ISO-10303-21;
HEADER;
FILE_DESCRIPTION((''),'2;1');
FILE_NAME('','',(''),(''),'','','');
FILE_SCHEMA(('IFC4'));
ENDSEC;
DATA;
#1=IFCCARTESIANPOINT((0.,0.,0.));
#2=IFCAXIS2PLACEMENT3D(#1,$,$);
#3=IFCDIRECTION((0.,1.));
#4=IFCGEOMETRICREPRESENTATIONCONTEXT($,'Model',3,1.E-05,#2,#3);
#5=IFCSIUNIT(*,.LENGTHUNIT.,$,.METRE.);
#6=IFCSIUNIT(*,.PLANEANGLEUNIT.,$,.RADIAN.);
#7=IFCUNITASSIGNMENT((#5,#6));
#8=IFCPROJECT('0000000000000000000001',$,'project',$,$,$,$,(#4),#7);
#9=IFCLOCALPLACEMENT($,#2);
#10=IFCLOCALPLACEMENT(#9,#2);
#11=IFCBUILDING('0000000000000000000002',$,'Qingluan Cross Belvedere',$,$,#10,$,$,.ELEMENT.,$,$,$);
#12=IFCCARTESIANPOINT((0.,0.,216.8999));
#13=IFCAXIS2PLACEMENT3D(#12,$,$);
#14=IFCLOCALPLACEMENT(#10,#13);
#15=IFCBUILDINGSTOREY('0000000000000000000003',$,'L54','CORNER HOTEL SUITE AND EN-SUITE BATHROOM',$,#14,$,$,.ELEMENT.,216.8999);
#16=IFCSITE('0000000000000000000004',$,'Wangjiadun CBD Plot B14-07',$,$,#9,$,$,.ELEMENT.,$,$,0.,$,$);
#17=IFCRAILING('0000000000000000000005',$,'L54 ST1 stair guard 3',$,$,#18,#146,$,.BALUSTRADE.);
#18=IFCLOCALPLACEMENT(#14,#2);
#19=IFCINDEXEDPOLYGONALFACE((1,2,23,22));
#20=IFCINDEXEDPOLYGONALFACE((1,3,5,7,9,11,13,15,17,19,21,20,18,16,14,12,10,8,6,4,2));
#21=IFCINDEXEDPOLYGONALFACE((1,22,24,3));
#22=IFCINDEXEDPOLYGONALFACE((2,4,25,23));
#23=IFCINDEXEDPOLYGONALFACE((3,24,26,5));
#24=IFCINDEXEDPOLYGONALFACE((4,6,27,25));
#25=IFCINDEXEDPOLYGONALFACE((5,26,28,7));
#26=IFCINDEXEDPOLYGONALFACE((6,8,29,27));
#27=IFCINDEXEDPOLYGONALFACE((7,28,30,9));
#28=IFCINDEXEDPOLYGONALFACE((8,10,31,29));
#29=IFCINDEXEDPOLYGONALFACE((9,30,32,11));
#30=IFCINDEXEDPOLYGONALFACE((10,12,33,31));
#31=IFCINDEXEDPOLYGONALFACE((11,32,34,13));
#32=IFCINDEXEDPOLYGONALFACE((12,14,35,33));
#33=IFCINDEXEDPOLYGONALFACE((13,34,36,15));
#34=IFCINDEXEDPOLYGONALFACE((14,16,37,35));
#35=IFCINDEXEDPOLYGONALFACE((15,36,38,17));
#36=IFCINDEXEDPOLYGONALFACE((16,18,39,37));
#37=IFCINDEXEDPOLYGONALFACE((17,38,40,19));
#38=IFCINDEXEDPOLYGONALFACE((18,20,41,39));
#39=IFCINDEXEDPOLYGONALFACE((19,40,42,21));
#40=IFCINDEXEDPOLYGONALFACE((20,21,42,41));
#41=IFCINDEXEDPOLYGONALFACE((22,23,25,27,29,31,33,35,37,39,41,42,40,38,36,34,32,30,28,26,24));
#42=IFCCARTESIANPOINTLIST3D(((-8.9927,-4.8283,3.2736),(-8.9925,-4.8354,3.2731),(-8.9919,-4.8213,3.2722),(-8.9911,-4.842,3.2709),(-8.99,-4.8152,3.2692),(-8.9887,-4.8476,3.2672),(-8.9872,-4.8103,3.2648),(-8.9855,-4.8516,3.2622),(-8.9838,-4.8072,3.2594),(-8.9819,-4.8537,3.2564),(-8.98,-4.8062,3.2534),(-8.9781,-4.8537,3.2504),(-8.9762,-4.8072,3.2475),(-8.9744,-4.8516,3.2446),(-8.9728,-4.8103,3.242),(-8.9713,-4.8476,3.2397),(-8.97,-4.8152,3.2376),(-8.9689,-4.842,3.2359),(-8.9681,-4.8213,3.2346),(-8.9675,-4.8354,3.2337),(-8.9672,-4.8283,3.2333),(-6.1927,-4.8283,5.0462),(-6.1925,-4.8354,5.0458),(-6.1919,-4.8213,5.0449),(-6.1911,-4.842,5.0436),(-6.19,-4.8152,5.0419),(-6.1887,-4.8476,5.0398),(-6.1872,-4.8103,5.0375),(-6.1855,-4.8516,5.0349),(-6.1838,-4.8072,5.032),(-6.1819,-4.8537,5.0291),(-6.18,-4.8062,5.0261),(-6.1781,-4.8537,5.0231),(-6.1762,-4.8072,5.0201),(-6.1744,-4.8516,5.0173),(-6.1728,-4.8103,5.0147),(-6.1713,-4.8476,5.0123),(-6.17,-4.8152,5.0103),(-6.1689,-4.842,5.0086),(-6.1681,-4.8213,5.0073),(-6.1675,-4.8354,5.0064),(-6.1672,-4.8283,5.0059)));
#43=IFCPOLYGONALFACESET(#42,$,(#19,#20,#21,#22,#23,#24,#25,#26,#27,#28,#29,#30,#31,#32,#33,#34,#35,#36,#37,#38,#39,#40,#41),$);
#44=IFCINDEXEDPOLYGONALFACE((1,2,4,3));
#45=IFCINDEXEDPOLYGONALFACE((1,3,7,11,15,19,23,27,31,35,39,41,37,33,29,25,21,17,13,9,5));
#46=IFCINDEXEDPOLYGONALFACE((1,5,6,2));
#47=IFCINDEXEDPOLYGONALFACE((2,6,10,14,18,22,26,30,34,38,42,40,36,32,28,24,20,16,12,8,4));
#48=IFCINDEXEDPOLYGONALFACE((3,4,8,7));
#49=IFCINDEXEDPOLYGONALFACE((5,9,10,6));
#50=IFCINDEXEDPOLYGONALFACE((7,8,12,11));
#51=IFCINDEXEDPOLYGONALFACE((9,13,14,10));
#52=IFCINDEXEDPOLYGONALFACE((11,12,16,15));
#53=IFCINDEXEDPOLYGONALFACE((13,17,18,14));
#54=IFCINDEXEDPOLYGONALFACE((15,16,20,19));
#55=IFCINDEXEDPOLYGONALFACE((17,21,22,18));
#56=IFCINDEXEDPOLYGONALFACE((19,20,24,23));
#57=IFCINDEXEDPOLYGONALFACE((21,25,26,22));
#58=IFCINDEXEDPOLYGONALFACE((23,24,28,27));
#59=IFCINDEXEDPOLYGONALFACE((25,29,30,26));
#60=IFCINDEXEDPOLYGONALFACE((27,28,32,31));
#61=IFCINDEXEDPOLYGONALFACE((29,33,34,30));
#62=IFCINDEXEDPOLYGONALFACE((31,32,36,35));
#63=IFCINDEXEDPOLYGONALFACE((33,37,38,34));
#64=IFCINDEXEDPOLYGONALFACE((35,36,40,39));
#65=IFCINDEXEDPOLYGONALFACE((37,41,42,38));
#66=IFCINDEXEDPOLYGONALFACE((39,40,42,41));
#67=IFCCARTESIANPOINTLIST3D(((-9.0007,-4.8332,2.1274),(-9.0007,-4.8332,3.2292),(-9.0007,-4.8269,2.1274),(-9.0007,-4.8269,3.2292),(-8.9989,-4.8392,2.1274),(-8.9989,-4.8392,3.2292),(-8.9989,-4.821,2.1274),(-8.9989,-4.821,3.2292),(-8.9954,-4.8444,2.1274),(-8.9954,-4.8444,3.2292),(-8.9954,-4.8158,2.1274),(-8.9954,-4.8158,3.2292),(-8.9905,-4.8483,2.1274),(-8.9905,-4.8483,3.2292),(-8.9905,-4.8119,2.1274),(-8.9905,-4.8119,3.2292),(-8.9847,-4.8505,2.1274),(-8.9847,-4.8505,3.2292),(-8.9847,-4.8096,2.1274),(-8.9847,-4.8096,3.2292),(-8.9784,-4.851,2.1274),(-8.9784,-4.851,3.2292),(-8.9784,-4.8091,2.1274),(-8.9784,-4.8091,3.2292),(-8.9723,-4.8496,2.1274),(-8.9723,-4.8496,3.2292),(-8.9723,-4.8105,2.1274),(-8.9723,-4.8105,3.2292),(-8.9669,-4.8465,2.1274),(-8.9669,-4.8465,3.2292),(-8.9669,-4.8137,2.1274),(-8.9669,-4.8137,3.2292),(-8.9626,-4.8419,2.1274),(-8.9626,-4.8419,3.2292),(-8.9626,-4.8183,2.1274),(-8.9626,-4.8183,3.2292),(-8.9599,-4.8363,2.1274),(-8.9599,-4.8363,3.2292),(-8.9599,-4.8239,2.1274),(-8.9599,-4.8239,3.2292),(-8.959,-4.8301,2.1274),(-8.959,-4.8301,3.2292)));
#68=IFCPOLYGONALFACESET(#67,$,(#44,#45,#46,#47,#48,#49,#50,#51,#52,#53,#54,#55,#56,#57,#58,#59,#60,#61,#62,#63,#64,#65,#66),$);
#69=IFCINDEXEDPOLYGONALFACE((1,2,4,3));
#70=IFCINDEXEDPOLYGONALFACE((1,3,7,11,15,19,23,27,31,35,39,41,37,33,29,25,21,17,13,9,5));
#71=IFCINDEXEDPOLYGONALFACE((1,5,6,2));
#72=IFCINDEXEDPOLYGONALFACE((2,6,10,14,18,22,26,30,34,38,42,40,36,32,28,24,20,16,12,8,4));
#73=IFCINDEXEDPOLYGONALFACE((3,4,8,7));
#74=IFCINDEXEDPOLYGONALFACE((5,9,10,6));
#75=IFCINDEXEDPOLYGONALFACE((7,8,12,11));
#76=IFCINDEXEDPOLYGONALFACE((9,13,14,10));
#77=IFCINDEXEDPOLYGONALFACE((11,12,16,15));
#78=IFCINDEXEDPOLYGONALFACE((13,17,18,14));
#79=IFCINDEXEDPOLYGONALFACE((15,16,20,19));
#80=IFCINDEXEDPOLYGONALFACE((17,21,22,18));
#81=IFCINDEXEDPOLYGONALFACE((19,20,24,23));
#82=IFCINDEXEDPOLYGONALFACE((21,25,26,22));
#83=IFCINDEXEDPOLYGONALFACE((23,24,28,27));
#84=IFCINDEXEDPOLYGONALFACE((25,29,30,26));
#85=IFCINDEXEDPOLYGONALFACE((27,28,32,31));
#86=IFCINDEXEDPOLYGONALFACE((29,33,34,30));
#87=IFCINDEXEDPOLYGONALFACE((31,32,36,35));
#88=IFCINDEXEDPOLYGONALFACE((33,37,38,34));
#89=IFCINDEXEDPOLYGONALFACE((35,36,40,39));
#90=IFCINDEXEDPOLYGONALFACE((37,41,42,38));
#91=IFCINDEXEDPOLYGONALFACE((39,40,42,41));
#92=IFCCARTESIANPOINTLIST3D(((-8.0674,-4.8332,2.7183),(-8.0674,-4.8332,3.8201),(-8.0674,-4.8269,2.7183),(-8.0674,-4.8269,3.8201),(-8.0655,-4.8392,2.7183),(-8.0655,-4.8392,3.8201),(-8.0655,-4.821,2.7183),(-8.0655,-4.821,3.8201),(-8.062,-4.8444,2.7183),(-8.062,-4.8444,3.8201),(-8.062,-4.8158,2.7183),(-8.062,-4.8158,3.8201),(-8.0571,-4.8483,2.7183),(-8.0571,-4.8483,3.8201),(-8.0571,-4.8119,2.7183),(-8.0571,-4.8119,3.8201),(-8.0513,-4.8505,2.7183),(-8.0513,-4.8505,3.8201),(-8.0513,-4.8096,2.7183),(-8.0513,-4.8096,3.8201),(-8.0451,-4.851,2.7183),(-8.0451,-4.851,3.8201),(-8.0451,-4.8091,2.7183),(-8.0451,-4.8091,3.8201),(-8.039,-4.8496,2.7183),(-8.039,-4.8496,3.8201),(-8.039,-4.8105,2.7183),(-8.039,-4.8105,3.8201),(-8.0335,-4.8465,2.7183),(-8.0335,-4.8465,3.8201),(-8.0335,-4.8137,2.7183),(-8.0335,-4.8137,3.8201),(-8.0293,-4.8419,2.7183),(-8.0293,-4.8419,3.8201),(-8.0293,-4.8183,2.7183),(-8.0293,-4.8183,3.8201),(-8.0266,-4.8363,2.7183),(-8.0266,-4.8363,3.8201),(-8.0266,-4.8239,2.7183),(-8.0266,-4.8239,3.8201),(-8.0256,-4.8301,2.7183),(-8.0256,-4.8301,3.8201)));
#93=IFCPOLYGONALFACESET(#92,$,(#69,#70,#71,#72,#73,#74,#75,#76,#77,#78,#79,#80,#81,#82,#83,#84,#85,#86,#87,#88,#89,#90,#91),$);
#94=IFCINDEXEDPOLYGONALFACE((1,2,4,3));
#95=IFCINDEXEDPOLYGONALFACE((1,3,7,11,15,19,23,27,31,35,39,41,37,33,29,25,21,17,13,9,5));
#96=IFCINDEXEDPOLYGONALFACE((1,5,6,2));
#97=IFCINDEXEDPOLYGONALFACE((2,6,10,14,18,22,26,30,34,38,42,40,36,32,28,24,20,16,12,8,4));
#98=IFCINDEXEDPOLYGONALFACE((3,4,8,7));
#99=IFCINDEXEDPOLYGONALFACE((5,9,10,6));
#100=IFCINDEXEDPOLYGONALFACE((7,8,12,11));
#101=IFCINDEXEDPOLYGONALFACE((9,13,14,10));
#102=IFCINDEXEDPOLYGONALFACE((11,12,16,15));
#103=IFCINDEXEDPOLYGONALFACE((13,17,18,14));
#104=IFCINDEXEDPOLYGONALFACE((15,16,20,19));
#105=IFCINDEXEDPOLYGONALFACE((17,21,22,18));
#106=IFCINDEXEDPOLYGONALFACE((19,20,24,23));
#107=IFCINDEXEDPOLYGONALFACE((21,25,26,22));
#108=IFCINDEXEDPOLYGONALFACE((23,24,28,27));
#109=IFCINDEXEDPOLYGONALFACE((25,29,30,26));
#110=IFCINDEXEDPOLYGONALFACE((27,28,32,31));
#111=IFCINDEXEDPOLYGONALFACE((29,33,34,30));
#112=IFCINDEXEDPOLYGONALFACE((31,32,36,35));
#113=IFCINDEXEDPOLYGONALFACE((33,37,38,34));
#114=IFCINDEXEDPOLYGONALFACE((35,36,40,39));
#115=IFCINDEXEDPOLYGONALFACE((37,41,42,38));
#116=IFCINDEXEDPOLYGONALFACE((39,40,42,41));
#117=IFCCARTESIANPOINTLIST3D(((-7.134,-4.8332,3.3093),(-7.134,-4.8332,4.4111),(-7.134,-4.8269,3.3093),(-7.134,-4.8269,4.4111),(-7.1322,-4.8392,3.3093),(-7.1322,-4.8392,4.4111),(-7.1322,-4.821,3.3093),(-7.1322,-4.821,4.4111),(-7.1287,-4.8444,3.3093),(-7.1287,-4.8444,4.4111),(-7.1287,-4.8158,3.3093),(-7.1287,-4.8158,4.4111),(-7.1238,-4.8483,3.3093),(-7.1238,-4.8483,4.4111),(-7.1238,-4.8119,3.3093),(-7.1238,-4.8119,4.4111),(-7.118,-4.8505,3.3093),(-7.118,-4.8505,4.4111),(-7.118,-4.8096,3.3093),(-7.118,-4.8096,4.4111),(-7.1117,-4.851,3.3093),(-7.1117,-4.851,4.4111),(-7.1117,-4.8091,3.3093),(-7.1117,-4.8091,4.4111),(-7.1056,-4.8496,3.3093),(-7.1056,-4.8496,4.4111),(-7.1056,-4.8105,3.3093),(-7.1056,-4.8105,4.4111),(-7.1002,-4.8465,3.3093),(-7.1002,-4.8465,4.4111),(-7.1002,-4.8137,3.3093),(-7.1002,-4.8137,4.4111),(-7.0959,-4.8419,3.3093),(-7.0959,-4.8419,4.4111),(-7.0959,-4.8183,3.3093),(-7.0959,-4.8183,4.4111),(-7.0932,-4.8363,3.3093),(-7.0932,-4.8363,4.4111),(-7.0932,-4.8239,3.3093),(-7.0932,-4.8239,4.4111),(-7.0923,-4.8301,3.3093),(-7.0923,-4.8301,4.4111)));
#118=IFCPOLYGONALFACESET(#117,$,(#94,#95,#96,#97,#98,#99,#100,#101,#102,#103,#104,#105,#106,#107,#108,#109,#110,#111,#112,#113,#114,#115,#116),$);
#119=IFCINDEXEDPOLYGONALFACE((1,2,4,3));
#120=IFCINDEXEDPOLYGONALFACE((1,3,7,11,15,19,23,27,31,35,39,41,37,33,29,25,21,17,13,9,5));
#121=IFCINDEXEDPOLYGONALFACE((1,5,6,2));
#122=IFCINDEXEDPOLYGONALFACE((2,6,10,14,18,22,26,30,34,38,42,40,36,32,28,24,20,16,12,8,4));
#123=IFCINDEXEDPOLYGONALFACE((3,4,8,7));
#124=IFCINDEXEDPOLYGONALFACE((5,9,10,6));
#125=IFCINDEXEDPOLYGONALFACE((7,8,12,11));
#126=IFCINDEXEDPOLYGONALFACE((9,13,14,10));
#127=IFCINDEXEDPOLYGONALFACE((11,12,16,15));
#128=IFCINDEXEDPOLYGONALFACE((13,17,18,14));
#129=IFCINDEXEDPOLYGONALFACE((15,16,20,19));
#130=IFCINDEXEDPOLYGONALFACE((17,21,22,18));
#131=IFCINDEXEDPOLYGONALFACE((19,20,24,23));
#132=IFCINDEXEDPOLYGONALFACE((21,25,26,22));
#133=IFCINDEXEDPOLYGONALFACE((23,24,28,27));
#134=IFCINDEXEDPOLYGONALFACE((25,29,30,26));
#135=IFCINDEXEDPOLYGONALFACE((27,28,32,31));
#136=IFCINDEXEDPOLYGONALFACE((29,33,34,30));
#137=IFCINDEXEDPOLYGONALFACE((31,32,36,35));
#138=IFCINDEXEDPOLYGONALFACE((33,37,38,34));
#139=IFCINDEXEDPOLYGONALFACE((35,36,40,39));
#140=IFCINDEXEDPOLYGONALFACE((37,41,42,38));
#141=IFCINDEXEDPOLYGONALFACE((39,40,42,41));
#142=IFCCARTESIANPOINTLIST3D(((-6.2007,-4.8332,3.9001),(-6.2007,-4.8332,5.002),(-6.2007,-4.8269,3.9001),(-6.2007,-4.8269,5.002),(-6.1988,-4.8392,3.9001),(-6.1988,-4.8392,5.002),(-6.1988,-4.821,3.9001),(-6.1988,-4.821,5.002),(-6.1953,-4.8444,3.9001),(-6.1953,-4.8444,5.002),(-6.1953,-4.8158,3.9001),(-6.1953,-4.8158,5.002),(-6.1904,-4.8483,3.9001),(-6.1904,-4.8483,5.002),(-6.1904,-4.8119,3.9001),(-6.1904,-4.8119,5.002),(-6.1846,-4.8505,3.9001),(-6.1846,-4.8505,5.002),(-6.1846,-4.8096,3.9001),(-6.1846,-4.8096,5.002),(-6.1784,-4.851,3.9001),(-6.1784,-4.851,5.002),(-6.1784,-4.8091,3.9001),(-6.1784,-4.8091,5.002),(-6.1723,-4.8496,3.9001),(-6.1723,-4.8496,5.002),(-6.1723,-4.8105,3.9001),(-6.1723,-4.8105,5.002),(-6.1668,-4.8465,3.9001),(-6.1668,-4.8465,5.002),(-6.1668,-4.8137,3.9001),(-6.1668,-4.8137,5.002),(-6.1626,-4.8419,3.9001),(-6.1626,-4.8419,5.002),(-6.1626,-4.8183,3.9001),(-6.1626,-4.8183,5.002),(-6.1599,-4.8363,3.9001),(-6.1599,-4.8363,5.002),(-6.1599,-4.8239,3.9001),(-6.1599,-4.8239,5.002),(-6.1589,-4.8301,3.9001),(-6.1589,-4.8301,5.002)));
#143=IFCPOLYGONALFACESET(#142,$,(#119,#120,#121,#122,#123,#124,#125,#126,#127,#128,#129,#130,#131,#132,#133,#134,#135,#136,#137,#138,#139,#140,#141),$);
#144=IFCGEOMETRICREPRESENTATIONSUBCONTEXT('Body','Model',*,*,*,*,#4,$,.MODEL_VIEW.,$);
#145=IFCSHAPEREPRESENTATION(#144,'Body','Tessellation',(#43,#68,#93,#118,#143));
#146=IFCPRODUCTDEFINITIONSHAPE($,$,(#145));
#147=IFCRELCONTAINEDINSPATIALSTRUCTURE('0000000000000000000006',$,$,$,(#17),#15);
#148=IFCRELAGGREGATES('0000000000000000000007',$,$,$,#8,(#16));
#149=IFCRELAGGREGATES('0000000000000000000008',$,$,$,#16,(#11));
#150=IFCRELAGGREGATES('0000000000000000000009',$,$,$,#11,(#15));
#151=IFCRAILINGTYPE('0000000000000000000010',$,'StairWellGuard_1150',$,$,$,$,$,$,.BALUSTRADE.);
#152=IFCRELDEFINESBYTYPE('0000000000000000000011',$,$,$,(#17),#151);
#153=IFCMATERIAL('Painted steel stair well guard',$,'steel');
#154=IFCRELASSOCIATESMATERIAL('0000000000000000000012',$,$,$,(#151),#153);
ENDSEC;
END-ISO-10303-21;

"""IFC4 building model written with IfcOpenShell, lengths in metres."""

from ifc_helpers import new_model, si_unit, direction, frame, origin, origin_2d, place, context, subcontext, project, spatial, circle, extrude, material, type_object, element, save


model = new_model("IFC4")

# Units and contexts
model_context = context("Model", 3, precision=1e-05, world=origin(), true_north=direction((0.0, 1.0)))
body_context = subcontext(model_context, "Body", "Model", "MODEL_VIEW")
ifc_project = project(units=[si_unit("LENGTHUNIT", "METRE"), si_unit("PLANEANGLEUNIT", "RADIAN")], contexts=[model_context])

# Site, building, storey
site_placement = place(None, origin())
site = spatial("IfcSite", under=ifc_project, at=site_placement, Name="Wangjiadun CBD Plot B14-07", CompositionType="ELEMENT", RefElevation=0.0)
building_placement = place(site_placement, origin())
building = spatial("IfcBuilding", under=site, at=building_placement, Name="Qingluan Cross Belvedere", CompositionType="ELEMENT")
storey_placement = place(building_placement, frame((0.0, 0.0, 216.8999)))
storey = spatial("IfcBuildingStorey", under=building, at=storey_placement, Name="L54", Description="CORNER HOTEL SUITE AND EN-SUITE BATHROOM", CompositionType="ELEMENT", Elevation=216.8999)

# Railing
ifc_material_1 = material(Name="Painted steel stair well guard", Category="steel")
railing_type_1 = type_object("IfcRailingType", Name="StairWellGuard_1150", PredefinedType="BALUSTRADE", material=ifc_material_1)
railing_1_placement = place(storey_placement, frame((-8.98, -4.8301, 2.1274)))
element("IfcRailing", 1, at=railing_1_placement, inside=storey, type_object=railing_type_1, Name="L54 ST1 stair guard 3", PredefinedType="BALUSTRADE", context=body_context, shape_type="SweptSolid", body=[
    extrude(circle(Radius=0.0239, at=origin_2d()), frame((0.0, 0.0, 1.126), z_axis=(0.844909, 0.0, 0.53491), x_axis=(0.0, 1.0, 0.0)), (0.0, 0.0, 1.0), 3.314),
    extrude(circle(Radius=0.021, at=origin_2d()), origin(), (0.0, 0.0, 1.0), 1.1018),
    extrude(circle(Radius=0.021, at=origin_2d()), frame((0.9333, 0.0, 0.5908)), (0.0, 0.0, 1.0), 1.1018),
    extrude(circle(Radius=0.021, at=origin_2d()), frame((1.8667, 0.0, 1.1819)), (0.0, 0.0, 1.0), 1.1018),
    extrude(circle(Radius=0.021, at=origin_2d()), frame((2.8, 0.0, 1.7727)), (0.0, 0.0, 1.0), 1.1018),
])

save(model, "model.ifc")
